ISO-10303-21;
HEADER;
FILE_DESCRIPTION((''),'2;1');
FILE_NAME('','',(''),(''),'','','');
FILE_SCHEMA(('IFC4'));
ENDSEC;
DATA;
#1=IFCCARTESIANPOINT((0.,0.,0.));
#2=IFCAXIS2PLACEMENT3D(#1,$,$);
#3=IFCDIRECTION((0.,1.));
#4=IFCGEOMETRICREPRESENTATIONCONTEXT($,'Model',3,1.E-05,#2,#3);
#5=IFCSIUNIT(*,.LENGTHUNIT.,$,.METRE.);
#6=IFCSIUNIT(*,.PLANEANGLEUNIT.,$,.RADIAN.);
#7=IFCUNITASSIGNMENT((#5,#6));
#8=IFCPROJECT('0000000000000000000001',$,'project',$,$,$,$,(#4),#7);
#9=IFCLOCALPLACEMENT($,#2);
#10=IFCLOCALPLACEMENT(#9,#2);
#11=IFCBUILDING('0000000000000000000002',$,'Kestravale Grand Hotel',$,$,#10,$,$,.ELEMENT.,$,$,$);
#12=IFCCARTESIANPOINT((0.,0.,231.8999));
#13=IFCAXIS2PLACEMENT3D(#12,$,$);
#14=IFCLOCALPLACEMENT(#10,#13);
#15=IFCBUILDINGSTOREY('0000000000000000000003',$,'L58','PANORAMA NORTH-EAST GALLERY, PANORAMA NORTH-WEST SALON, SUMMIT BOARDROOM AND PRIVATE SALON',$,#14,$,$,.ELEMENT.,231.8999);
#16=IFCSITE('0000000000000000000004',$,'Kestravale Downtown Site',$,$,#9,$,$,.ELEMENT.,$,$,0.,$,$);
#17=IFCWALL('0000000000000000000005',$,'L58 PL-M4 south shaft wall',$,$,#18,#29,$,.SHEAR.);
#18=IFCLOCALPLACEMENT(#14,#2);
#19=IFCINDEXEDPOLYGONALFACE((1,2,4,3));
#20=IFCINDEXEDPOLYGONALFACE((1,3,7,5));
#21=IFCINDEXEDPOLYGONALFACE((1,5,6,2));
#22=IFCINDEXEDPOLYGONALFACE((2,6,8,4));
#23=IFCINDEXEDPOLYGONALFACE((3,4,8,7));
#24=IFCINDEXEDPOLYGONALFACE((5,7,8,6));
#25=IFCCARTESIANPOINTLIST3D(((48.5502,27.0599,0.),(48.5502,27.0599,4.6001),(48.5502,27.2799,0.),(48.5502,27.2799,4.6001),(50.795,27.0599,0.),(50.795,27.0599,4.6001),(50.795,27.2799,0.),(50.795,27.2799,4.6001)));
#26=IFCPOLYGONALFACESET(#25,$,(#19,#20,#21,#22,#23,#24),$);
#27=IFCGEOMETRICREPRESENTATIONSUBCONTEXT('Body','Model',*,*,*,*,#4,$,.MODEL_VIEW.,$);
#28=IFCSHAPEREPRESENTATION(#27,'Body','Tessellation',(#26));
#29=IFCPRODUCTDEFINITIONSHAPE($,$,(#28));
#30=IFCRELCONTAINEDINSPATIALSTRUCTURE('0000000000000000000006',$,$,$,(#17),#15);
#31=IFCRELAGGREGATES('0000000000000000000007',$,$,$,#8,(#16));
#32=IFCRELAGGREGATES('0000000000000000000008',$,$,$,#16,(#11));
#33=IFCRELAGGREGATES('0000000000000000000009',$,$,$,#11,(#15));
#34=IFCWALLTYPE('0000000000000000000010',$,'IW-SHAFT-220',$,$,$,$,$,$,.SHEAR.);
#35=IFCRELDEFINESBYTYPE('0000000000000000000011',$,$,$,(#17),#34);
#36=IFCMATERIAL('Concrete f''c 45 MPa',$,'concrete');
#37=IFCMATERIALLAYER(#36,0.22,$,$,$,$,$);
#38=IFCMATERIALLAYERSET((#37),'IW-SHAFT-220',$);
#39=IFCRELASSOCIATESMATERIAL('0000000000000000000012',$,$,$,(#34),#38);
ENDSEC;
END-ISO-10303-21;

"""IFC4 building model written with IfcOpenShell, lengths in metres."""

from ifc_helpers import new_model, si_unit, direction, frame, frame_2d, origin, place, context, subcontext, project, spatial, rectangle, extrude, material, layer, layer_set, type_object, element, save


model = new_model("IFC4")

# Units and contexts
model_context = context("Model", 3, precision=1e-05, world=origin(), true_north=direction((0.0, 1.0)))
body_context = subcontext(model_context, "Body", "Model", "MODEL_VIEW")
ifc_project = project(units=[si_unit("LENGTHUNIT", "METRE"), si_unit("PLANEANGLEUNIT", "RADIAN")], contexts=[model_context])

# Site, building, storey
site_placement = place(None, origin())
site = spatial("IfcSite", under=ifc_project, at=site_placement, Name="Kestravale Downtown Site", CompositionType="ELEMENT", RefElevation=0.0)
building_placement = place(site_placement, origin())
building = spatial("IfcBuilding", under=site, at=building_placement, Name="Kestravale Grand Hotel", CompositionType="ELEMENT")
storey_placement = place(building_placement, frame((0.0, 0.0, 231.8999)))
storey = spatial("IfcBuildingStorey", under=building, at=storey_placement, Name="L58", Description="PANORAMA NORTH-EAST GALLERY, PANORAMA NORTH-WEST SALON, SUMMIT BOARDROOM AND PRIVATE SALON", CompositionType="ELEMENT", Elevation=231.8999)

# Shared definitions
ifc_material_1 = material(Name="Concrete f'c 45 MPa", Category="concrete")
ifc_layer_1 = layer(ifc_material_1, 0.22)
ifc_layer_set_1 = layer_set([ifc_layer_1], Name="IW-SHAFT-220")
wall_type_1 = type_object("IfcWallType", Name="IW-SHAFT-220", PredefinedType="SHEAR", material=ifc_layer_set_1)

# Wall
wall_1_placement = place(storey_placement, frame((48.55, 27.1699, 0.0), z_axis=(0.0, 0.0, 1.0), x_axis=(1.0, 0.0, 0.0)))
element("IfcWall", 1, at=wall_1_placement, inside=storey, type_object=wall_type_1, Name="L58 PL-M4 south shaft wall", PredefinedType="SHEAR", context=body_context, shape_type="SweptSolid", body=[
    extrude(rectangle(XDim=2.2449, YDim=0.22, at=frame_2d((1.1226, 0.0))), origin(), (0.0, 0.0, 1.0), 4.6001),
])

save(model, "model.ifc")
